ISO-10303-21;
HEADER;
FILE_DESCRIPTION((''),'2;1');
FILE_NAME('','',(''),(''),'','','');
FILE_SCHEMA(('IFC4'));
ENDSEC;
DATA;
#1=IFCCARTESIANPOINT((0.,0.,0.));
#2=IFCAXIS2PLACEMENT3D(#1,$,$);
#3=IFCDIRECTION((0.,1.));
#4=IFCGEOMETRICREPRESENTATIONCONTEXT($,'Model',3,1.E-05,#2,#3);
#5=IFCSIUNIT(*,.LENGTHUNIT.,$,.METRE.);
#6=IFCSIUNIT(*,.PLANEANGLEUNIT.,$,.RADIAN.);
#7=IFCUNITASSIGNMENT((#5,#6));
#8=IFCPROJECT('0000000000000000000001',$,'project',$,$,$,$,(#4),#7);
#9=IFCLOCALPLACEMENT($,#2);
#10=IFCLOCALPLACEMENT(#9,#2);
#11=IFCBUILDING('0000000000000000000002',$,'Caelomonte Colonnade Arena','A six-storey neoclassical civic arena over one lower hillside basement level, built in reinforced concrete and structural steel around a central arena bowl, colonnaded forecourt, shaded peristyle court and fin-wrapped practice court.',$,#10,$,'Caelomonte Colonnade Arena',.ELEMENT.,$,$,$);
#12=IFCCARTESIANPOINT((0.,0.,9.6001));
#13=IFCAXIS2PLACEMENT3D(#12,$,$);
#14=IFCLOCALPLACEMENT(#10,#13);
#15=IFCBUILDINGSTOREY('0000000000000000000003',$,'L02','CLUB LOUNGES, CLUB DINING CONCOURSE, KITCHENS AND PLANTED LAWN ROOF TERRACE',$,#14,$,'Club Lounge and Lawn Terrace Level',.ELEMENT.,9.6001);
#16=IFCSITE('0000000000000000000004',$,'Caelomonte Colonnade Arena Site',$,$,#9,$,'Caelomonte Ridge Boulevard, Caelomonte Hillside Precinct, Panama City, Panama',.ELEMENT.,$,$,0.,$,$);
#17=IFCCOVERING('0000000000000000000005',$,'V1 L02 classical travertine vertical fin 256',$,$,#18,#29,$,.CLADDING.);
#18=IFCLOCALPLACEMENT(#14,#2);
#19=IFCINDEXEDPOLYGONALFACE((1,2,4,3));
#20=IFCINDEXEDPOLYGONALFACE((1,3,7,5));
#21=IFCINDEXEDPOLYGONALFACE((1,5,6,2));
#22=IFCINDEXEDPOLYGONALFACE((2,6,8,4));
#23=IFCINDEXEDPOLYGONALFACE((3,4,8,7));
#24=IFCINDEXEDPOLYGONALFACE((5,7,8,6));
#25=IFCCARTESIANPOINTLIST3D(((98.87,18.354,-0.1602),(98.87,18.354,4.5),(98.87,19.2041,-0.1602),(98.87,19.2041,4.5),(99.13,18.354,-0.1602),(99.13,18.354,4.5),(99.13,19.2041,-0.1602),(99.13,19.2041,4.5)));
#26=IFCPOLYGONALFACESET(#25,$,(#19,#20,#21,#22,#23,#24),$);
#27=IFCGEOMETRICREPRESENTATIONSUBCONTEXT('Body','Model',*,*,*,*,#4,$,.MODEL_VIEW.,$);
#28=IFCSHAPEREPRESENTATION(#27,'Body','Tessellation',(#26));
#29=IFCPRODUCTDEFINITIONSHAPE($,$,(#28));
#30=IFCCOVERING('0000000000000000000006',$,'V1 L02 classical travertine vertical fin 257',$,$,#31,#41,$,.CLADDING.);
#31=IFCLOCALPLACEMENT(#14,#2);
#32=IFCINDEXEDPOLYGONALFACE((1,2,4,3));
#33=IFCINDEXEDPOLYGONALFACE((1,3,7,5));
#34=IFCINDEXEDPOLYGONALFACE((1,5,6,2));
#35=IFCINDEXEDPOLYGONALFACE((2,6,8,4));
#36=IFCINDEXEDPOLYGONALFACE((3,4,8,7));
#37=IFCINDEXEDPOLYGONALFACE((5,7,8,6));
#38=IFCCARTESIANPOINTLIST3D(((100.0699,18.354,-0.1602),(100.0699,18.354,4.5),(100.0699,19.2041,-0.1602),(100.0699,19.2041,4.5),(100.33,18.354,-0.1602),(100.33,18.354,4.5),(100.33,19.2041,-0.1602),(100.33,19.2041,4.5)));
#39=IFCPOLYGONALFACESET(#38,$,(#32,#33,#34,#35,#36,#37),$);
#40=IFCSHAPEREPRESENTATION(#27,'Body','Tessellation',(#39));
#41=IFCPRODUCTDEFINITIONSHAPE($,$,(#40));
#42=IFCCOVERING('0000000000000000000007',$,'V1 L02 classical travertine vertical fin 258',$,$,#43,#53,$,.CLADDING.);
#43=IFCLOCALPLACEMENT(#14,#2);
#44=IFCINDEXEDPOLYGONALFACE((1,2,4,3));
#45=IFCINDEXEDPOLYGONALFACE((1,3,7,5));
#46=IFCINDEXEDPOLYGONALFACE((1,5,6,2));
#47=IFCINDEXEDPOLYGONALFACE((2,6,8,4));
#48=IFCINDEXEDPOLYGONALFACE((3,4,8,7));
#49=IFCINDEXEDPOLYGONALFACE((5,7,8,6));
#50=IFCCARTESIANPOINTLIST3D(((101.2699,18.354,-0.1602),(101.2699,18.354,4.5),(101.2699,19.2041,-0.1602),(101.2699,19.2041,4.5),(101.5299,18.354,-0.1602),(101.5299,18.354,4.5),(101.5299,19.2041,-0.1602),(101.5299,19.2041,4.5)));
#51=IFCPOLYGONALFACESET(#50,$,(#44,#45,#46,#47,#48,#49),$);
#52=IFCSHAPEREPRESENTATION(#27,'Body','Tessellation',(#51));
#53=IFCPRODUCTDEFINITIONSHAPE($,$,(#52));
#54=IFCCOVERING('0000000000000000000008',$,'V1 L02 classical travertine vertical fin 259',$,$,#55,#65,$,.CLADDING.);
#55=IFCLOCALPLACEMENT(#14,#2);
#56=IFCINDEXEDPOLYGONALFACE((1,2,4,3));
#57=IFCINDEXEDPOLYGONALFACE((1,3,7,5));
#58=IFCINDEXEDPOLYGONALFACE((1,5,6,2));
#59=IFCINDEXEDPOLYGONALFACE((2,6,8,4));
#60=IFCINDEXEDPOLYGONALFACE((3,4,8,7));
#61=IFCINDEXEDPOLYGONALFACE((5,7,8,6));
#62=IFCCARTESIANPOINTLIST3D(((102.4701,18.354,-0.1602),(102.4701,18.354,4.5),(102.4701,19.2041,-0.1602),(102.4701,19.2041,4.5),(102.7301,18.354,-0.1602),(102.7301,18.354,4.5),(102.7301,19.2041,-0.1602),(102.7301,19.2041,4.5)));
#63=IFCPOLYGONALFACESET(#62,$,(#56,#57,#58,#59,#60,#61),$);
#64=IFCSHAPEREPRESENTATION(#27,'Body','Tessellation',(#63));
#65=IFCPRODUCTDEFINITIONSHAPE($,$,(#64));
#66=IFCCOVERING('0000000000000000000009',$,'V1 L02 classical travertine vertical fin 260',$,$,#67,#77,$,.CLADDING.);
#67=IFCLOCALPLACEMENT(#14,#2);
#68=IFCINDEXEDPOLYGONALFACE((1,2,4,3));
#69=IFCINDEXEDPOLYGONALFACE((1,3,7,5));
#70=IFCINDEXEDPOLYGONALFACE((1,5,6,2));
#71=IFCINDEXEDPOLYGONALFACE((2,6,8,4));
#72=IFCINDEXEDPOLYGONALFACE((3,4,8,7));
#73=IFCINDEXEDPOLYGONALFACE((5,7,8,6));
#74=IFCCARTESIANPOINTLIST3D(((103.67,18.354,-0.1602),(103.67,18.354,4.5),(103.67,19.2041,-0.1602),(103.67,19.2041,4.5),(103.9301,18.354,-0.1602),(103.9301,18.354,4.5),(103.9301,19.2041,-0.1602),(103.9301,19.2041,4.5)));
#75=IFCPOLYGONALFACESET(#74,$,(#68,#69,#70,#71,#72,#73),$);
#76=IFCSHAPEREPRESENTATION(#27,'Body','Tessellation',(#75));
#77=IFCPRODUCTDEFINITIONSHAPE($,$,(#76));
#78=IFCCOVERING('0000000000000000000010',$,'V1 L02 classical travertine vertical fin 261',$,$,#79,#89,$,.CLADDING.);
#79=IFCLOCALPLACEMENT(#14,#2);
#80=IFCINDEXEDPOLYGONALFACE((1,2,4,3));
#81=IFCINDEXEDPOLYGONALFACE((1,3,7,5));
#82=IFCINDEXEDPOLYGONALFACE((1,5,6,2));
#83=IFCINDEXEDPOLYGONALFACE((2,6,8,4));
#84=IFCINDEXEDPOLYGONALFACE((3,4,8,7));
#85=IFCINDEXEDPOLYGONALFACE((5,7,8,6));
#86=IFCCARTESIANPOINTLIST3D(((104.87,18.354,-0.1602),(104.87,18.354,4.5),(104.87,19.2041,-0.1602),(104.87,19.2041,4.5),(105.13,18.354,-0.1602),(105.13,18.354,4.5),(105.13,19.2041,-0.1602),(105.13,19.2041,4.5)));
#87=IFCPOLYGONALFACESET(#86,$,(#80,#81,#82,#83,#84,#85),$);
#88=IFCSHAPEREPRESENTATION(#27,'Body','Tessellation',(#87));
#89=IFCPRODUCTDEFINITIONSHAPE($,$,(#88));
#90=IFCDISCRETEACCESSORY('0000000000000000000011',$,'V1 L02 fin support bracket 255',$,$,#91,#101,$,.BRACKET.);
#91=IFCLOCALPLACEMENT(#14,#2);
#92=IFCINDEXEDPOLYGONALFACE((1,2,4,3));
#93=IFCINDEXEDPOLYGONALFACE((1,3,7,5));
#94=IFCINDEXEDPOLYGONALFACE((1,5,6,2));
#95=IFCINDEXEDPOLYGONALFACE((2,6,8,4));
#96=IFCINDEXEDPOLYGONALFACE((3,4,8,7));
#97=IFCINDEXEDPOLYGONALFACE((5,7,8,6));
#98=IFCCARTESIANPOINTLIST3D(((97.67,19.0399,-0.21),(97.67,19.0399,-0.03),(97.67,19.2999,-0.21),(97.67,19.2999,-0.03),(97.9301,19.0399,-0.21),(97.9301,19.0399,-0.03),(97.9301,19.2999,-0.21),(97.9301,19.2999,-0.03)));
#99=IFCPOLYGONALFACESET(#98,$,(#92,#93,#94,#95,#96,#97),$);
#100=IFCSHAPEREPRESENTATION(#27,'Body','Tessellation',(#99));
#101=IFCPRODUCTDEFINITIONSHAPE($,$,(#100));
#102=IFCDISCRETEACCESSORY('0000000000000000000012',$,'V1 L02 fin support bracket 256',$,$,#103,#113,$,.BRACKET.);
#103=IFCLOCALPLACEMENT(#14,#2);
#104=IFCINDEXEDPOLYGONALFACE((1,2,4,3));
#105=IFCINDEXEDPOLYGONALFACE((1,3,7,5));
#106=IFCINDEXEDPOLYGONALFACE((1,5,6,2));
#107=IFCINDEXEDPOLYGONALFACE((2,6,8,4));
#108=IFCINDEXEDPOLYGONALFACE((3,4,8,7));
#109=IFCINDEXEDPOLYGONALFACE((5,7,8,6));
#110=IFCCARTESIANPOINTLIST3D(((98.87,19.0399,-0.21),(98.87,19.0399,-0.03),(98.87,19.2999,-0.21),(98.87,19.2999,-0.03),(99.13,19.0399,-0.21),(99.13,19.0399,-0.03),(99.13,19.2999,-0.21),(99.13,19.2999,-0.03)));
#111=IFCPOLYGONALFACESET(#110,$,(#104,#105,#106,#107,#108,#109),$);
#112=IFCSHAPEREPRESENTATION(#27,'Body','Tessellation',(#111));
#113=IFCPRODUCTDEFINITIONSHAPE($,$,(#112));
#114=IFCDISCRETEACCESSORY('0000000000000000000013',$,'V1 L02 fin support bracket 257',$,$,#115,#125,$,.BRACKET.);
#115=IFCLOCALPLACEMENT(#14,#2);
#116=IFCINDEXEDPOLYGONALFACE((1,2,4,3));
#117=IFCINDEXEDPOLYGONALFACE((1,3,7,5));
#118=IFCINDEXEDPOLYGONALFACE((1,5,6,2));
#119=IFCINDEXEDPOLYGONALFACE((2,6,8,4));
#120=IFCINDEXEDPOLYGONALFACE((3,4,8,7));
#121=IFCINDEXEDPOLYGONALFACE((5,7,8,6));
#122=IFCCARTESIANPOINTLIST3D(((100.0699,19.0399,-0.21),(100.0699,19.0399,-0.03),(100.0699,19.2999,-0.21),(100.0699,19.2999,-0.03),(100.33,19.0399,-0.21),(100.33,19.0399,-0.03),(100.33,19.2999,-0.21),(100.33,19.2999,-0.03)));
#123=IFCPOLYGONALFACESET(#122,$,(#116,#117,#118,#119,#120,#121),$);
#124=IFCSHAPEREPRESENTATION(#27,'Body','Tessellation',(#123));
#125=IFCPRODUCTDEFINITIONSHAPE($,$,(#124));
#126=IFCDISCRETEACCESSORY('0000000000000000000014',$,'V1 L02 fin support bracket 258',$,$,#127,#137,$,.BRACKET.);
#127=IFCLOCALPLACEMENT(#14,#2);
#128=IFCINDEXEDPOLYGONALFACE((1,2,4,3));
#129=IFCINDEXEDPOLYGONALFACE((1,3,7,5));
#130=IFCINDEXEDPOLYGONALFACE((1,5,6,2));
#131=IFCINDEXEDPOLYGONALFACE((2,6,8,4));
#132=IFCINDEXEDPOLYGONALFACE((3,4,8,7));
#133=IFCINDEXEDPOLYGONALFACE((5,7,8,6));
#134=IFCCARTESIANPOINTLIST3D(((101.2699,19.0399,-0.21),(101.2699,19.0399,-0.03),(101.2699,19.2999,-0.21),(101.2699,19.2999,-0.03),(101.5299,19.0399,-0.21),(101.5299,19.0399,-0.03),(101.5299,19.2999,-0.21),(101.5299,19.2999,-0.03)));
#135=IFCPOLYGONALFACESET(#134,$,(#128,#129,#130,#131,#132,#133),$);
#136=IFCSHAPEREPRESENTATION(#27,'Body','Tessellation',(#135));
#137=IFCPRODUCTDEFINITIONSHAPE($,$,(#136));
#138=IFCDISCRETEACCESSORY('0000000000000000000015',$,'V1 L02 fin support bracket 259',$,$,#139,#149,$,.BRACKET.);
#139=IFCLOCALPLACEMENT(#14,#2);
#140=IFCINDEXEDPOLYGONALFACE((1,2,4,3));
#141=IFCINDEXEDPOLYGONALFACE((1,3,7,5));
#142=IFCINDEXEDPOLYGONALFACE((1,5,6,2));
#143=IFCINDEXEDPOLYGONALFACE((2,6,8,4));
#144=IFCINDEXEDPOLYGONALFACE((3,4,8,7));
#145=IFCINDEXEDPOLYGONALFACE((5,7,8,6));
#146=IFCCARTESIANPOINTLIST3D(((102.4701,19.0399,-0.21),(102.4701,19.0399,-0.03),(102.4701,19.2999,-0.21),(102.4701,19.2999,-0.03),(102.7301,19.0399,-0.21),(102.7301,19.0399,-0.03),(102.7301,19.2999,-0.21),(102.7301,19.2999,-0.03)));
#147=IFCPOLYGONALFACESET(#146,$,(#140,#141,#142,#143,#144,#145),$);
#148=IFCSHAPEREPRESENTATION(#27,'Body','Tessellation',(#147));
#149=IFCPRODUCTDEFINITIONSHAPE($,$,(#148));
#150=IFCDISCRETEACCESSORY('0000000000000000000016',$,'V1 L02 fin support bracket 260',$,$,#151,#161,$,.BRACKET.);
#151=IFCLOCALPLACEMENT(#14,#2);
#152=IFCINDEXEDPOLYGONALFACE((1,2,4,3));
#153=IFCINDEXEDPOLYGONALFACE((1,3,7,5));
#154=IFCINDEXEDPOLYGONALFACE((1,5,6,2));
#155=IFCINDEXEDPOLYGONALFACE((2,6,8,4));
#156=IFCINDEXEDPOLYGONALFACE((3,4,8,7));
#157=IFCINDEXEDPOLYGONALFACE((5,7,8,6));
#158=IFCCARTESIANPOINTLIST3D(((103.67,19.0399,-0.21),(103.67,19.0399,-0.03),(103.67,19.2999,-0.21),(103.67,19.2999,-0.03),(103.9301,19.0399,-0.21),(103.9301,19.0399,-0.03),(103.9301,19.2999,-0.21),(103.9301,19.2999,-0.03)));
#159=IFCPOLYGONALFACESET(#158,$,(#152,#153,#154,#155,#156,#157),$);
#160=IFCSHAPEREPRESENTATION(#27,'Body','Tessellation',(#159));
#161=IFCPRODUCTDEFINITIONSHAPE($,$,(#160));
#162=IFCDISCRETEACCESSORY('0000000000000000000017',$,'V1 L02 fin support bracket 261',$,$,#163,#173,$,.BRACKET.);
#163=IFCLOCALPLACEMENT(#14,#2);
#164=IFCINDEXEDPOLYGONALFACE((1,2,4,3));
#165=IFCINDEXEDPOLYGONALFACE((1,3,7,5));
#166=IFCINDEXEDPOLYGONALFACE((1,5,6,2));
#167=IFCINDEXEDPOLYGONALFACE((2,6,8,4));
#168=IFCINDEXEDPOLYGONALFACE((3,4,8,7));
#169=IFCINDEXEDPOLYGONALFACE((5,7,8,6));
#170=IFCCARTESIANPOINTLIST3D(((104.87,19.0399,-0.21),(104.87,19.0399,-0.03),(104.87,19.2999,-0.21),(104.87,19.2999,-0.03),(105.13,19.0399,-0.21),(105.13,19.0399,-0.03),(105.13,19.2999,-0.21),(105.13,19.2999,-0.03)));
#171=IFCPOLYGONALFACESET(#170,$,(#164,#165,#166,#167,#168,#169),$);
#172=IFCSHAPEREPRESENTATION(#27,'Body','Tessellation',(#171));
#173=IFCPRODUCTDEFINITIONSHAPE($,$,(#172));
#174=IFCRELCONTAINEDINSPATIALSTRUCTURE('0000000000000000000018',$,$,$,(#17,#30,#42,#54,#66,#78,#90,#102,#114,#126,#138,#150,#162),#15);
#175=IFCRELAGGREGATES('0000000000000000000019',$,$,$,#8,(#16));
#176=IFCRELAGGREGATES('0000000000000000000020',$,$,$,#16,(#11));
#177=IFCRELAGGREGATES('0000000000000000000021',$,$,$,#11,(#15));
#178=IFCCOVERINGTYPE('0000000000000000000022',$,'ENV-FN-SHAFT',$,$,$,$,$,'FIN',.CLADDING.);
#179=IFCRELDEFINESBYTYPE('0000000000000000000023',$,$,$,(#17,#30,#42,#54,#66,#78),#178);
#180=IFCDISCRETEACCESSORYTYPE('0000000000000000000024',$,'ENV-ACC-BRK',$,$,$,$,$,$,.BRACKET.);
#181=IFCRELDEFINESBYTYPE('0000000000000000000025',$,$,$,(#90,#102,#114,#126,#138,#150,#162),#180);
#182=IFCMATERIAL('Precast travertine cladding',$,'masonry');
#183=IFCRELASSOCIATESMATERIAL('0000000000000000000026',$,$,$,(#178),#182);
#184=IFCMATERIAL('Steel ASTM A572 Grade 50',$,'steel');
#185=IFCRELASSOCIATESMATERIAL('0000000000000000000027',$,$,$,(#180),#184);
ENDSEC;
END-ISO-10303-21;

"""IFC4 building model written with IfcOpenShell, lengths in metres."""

from ifc_helpers import new_model, si_unit, direction, frame, origin, origin_2d, place, context, subcontext, project, spatial, rectangle, extrude, material, material_profile, profile_set, type_object, element, save


model = new_model("IFC4")

# Units and contexts
model_context = context("Model", 3, precision=1e-05, world=origin(), true_north=direction((0.0, 1.0)))
body_context = subcontext(model_context, "Body", "Model", "MODEL_VIEW")
ifc_project = project(units=[si_unit("LENGTHUNIT", "METRE"), si_unit("PLANEANGLEUNIT", "RADIAN")], contexts=[model_context])

# Site, building, storey
site_placement = place(None, origin())
site = spatial("IfcSite", under=ifc_project, at=site_placement, Name="Caelomonte Colonnade Arena Site", LongName="Caelomonte Ridge Boulevard, Caelomonte Hillside Precinct, Panama City, Panama", CompositionType="ELEMENT", RefElevation=0.0)
building_placement = place(site_placement, origin())
building = spatial("IfcBuilding", under=site, at=building_placement, Name="Caelomonte Colonnade Arena", Description="A six-storey neoclassical civic arena over one lower hillside basement level, built in reinforced concrete and structural steel around a central arena bowl, colonnaded forecourt, shaded peristyle court and fin-wrapped practice court.", LongName="Caelomonte Colonnade Arena", CompositionType="ELEMENT")
storey_placement = place(building_placement, frame((0.0, 0.0, 9.6001)))
storey = spatial("IfcBuildingStorey", under=building, at=storey_placement, Name="L02", Description="CLUB LOUNGES, CLUB DINING CONCOURSE, KITCHENS AND PLANTED LAWN ROOF TERRACE", LongName="Club Lounge and Lawn Terrace Level", CompositionType="ELEMENT", Elevation=9.6001)

# Coverings
ifc_material_1 = material(Name="Precast travertine cladding", Category="masonry")
ifc_material_profile_1 = material_profile(ifc_material_1, rectangle(XDim=0.26, YDim=0.8501, at=origin_2d()), Name="FIN260X850")
ifc_profile_set_1 = profile_set([ifc_material_profile_1], Name="Precast travertine cladding")
covering_type = type_object("IfcCoveringType", Name="ENV-FN-SHAFT", ElementType="FIN", PredefinedType="CLADDING", material=ifc_profile_set_1)
for number, where, z_axis, x_axis, name in (
    (1, (99.0, 18.7791, -0.1602), (0.0, 0.0, 1.0), (-1.0, 0.0, 0.0), "V1 L02 classical travertine vertical fin 256"),
    (2, (100.2, 18.7791, -0.1602), (0.0, 0.0, 1.0), (-1.0, 0.0, 0.0), "V1 L02 classical travertine vertical fin 257"),
    (3, (101.3999, 18.7791, -0.1602), (0.0, 0.0, 1.0), (-1.0, 0.0, 0.0), "V1 L02 classical travertine vertical fin 258"),
    (4, (102.6001, 18.7791, -0.1602), (0.0, 0.0, 1.0), (-1.0, 0.0, 0.0), "V1 L02 classical travertine vertical fin 259"),
    (5, (103.8, 18.7791, -0.1602), (0.0, 0.0, 1.0), (-1.0, 0.0, 0.0), "V1 L02 classical travertine vertical fin 260"),
    (6, (105.0, 18.7791, -0.1602), (0.0, 0.0, 1.0), (-1.0, 0.0, 0.0), "V1 L02 classical travertine vertical fin 261"),
):
    element("IfcCovering", number, at=place(storey_placement, frame(where, z_axis=z_axis, x_axis=x_axis)), inside=storey, type_object=covering_type, Name=name, PredefinedType="CLADDING", context=body_context, shape_type="SweptSolid", body=[
        extrude(rectangle(XDim=0.26, YDim=0.8501, at=origin_2d()), origin(), (0.0, 0.0, 1.0), 4.6602),
    ])

# Discrete accessories
ifc_material_2 = material(Name="Steel ASTM A572 Grade 50", Category="steel")
discrete_accessory_type = type_object("IfcDiscreteAccessoryType", Name="ENV-ACC-BRK", PredefinedType="BRACKET", material=ifc_material_2)
for number, where, z_axis, x_axis, name in (
    (7, (97.8, 19.1699, -0.21), (0.0, 0.0, 1.0), (1.0, 0.0, 0.0), "V1 L02 fin support bracket 255"),
    (8, (99.0, 19.1699, -0.21), (0.0, 0.0, 1.0), (1.0, 0.0, 0.0), "V1 L02 fin support bracket 256"),
    (9, (100.2, 19.1699, -0.21), (0.0, 0.0, 1.0), (1.0, 0.0, 0.0), "V1 L02 fin support bracket 257"),
    (10, (101.3999, 19.1699, -0.21), (0.0, 0.0, 1.0), (1.0, 0.0, 0.0), "V1 L02 fin support bracket 258"),
    (11, (102.6001, 19.1699, -0.21), (0.0, 0.0, 1.0), (1.0, 0.0, 0.0), "V1 L02 fin support bracket 259"),
    (12, (103.8, 19.1699, -0.21), (0.0, 0.0, 1.0), (1.0, 0.0, 0.0), "V1 L02 fin support bracket 260"),
    (13, (105.0, 19.1699, -0.21), (0.0, 0.0, 1.0), (1.0, 0.0, 0.0), "V1 L02 fin support bracket 261"),
):
    element("IfcDiscreteAccessory", number, at=place(storey_placement, frame(where, z_axis=z_axis, x_axis=x_axis)), inside=storey, type_object=discrete_accessory_type, Name=name, PredefinedType="BRACKET", context=body_context, shape_type="SweptSolid", body=[
        extrude(rectangle(XDim=0.26, YDim=0.26, at=origin_2d()), origin(), (0.0, 0.0, 1.0), 0.1799),
    ])

save(model, "model.ifc")
